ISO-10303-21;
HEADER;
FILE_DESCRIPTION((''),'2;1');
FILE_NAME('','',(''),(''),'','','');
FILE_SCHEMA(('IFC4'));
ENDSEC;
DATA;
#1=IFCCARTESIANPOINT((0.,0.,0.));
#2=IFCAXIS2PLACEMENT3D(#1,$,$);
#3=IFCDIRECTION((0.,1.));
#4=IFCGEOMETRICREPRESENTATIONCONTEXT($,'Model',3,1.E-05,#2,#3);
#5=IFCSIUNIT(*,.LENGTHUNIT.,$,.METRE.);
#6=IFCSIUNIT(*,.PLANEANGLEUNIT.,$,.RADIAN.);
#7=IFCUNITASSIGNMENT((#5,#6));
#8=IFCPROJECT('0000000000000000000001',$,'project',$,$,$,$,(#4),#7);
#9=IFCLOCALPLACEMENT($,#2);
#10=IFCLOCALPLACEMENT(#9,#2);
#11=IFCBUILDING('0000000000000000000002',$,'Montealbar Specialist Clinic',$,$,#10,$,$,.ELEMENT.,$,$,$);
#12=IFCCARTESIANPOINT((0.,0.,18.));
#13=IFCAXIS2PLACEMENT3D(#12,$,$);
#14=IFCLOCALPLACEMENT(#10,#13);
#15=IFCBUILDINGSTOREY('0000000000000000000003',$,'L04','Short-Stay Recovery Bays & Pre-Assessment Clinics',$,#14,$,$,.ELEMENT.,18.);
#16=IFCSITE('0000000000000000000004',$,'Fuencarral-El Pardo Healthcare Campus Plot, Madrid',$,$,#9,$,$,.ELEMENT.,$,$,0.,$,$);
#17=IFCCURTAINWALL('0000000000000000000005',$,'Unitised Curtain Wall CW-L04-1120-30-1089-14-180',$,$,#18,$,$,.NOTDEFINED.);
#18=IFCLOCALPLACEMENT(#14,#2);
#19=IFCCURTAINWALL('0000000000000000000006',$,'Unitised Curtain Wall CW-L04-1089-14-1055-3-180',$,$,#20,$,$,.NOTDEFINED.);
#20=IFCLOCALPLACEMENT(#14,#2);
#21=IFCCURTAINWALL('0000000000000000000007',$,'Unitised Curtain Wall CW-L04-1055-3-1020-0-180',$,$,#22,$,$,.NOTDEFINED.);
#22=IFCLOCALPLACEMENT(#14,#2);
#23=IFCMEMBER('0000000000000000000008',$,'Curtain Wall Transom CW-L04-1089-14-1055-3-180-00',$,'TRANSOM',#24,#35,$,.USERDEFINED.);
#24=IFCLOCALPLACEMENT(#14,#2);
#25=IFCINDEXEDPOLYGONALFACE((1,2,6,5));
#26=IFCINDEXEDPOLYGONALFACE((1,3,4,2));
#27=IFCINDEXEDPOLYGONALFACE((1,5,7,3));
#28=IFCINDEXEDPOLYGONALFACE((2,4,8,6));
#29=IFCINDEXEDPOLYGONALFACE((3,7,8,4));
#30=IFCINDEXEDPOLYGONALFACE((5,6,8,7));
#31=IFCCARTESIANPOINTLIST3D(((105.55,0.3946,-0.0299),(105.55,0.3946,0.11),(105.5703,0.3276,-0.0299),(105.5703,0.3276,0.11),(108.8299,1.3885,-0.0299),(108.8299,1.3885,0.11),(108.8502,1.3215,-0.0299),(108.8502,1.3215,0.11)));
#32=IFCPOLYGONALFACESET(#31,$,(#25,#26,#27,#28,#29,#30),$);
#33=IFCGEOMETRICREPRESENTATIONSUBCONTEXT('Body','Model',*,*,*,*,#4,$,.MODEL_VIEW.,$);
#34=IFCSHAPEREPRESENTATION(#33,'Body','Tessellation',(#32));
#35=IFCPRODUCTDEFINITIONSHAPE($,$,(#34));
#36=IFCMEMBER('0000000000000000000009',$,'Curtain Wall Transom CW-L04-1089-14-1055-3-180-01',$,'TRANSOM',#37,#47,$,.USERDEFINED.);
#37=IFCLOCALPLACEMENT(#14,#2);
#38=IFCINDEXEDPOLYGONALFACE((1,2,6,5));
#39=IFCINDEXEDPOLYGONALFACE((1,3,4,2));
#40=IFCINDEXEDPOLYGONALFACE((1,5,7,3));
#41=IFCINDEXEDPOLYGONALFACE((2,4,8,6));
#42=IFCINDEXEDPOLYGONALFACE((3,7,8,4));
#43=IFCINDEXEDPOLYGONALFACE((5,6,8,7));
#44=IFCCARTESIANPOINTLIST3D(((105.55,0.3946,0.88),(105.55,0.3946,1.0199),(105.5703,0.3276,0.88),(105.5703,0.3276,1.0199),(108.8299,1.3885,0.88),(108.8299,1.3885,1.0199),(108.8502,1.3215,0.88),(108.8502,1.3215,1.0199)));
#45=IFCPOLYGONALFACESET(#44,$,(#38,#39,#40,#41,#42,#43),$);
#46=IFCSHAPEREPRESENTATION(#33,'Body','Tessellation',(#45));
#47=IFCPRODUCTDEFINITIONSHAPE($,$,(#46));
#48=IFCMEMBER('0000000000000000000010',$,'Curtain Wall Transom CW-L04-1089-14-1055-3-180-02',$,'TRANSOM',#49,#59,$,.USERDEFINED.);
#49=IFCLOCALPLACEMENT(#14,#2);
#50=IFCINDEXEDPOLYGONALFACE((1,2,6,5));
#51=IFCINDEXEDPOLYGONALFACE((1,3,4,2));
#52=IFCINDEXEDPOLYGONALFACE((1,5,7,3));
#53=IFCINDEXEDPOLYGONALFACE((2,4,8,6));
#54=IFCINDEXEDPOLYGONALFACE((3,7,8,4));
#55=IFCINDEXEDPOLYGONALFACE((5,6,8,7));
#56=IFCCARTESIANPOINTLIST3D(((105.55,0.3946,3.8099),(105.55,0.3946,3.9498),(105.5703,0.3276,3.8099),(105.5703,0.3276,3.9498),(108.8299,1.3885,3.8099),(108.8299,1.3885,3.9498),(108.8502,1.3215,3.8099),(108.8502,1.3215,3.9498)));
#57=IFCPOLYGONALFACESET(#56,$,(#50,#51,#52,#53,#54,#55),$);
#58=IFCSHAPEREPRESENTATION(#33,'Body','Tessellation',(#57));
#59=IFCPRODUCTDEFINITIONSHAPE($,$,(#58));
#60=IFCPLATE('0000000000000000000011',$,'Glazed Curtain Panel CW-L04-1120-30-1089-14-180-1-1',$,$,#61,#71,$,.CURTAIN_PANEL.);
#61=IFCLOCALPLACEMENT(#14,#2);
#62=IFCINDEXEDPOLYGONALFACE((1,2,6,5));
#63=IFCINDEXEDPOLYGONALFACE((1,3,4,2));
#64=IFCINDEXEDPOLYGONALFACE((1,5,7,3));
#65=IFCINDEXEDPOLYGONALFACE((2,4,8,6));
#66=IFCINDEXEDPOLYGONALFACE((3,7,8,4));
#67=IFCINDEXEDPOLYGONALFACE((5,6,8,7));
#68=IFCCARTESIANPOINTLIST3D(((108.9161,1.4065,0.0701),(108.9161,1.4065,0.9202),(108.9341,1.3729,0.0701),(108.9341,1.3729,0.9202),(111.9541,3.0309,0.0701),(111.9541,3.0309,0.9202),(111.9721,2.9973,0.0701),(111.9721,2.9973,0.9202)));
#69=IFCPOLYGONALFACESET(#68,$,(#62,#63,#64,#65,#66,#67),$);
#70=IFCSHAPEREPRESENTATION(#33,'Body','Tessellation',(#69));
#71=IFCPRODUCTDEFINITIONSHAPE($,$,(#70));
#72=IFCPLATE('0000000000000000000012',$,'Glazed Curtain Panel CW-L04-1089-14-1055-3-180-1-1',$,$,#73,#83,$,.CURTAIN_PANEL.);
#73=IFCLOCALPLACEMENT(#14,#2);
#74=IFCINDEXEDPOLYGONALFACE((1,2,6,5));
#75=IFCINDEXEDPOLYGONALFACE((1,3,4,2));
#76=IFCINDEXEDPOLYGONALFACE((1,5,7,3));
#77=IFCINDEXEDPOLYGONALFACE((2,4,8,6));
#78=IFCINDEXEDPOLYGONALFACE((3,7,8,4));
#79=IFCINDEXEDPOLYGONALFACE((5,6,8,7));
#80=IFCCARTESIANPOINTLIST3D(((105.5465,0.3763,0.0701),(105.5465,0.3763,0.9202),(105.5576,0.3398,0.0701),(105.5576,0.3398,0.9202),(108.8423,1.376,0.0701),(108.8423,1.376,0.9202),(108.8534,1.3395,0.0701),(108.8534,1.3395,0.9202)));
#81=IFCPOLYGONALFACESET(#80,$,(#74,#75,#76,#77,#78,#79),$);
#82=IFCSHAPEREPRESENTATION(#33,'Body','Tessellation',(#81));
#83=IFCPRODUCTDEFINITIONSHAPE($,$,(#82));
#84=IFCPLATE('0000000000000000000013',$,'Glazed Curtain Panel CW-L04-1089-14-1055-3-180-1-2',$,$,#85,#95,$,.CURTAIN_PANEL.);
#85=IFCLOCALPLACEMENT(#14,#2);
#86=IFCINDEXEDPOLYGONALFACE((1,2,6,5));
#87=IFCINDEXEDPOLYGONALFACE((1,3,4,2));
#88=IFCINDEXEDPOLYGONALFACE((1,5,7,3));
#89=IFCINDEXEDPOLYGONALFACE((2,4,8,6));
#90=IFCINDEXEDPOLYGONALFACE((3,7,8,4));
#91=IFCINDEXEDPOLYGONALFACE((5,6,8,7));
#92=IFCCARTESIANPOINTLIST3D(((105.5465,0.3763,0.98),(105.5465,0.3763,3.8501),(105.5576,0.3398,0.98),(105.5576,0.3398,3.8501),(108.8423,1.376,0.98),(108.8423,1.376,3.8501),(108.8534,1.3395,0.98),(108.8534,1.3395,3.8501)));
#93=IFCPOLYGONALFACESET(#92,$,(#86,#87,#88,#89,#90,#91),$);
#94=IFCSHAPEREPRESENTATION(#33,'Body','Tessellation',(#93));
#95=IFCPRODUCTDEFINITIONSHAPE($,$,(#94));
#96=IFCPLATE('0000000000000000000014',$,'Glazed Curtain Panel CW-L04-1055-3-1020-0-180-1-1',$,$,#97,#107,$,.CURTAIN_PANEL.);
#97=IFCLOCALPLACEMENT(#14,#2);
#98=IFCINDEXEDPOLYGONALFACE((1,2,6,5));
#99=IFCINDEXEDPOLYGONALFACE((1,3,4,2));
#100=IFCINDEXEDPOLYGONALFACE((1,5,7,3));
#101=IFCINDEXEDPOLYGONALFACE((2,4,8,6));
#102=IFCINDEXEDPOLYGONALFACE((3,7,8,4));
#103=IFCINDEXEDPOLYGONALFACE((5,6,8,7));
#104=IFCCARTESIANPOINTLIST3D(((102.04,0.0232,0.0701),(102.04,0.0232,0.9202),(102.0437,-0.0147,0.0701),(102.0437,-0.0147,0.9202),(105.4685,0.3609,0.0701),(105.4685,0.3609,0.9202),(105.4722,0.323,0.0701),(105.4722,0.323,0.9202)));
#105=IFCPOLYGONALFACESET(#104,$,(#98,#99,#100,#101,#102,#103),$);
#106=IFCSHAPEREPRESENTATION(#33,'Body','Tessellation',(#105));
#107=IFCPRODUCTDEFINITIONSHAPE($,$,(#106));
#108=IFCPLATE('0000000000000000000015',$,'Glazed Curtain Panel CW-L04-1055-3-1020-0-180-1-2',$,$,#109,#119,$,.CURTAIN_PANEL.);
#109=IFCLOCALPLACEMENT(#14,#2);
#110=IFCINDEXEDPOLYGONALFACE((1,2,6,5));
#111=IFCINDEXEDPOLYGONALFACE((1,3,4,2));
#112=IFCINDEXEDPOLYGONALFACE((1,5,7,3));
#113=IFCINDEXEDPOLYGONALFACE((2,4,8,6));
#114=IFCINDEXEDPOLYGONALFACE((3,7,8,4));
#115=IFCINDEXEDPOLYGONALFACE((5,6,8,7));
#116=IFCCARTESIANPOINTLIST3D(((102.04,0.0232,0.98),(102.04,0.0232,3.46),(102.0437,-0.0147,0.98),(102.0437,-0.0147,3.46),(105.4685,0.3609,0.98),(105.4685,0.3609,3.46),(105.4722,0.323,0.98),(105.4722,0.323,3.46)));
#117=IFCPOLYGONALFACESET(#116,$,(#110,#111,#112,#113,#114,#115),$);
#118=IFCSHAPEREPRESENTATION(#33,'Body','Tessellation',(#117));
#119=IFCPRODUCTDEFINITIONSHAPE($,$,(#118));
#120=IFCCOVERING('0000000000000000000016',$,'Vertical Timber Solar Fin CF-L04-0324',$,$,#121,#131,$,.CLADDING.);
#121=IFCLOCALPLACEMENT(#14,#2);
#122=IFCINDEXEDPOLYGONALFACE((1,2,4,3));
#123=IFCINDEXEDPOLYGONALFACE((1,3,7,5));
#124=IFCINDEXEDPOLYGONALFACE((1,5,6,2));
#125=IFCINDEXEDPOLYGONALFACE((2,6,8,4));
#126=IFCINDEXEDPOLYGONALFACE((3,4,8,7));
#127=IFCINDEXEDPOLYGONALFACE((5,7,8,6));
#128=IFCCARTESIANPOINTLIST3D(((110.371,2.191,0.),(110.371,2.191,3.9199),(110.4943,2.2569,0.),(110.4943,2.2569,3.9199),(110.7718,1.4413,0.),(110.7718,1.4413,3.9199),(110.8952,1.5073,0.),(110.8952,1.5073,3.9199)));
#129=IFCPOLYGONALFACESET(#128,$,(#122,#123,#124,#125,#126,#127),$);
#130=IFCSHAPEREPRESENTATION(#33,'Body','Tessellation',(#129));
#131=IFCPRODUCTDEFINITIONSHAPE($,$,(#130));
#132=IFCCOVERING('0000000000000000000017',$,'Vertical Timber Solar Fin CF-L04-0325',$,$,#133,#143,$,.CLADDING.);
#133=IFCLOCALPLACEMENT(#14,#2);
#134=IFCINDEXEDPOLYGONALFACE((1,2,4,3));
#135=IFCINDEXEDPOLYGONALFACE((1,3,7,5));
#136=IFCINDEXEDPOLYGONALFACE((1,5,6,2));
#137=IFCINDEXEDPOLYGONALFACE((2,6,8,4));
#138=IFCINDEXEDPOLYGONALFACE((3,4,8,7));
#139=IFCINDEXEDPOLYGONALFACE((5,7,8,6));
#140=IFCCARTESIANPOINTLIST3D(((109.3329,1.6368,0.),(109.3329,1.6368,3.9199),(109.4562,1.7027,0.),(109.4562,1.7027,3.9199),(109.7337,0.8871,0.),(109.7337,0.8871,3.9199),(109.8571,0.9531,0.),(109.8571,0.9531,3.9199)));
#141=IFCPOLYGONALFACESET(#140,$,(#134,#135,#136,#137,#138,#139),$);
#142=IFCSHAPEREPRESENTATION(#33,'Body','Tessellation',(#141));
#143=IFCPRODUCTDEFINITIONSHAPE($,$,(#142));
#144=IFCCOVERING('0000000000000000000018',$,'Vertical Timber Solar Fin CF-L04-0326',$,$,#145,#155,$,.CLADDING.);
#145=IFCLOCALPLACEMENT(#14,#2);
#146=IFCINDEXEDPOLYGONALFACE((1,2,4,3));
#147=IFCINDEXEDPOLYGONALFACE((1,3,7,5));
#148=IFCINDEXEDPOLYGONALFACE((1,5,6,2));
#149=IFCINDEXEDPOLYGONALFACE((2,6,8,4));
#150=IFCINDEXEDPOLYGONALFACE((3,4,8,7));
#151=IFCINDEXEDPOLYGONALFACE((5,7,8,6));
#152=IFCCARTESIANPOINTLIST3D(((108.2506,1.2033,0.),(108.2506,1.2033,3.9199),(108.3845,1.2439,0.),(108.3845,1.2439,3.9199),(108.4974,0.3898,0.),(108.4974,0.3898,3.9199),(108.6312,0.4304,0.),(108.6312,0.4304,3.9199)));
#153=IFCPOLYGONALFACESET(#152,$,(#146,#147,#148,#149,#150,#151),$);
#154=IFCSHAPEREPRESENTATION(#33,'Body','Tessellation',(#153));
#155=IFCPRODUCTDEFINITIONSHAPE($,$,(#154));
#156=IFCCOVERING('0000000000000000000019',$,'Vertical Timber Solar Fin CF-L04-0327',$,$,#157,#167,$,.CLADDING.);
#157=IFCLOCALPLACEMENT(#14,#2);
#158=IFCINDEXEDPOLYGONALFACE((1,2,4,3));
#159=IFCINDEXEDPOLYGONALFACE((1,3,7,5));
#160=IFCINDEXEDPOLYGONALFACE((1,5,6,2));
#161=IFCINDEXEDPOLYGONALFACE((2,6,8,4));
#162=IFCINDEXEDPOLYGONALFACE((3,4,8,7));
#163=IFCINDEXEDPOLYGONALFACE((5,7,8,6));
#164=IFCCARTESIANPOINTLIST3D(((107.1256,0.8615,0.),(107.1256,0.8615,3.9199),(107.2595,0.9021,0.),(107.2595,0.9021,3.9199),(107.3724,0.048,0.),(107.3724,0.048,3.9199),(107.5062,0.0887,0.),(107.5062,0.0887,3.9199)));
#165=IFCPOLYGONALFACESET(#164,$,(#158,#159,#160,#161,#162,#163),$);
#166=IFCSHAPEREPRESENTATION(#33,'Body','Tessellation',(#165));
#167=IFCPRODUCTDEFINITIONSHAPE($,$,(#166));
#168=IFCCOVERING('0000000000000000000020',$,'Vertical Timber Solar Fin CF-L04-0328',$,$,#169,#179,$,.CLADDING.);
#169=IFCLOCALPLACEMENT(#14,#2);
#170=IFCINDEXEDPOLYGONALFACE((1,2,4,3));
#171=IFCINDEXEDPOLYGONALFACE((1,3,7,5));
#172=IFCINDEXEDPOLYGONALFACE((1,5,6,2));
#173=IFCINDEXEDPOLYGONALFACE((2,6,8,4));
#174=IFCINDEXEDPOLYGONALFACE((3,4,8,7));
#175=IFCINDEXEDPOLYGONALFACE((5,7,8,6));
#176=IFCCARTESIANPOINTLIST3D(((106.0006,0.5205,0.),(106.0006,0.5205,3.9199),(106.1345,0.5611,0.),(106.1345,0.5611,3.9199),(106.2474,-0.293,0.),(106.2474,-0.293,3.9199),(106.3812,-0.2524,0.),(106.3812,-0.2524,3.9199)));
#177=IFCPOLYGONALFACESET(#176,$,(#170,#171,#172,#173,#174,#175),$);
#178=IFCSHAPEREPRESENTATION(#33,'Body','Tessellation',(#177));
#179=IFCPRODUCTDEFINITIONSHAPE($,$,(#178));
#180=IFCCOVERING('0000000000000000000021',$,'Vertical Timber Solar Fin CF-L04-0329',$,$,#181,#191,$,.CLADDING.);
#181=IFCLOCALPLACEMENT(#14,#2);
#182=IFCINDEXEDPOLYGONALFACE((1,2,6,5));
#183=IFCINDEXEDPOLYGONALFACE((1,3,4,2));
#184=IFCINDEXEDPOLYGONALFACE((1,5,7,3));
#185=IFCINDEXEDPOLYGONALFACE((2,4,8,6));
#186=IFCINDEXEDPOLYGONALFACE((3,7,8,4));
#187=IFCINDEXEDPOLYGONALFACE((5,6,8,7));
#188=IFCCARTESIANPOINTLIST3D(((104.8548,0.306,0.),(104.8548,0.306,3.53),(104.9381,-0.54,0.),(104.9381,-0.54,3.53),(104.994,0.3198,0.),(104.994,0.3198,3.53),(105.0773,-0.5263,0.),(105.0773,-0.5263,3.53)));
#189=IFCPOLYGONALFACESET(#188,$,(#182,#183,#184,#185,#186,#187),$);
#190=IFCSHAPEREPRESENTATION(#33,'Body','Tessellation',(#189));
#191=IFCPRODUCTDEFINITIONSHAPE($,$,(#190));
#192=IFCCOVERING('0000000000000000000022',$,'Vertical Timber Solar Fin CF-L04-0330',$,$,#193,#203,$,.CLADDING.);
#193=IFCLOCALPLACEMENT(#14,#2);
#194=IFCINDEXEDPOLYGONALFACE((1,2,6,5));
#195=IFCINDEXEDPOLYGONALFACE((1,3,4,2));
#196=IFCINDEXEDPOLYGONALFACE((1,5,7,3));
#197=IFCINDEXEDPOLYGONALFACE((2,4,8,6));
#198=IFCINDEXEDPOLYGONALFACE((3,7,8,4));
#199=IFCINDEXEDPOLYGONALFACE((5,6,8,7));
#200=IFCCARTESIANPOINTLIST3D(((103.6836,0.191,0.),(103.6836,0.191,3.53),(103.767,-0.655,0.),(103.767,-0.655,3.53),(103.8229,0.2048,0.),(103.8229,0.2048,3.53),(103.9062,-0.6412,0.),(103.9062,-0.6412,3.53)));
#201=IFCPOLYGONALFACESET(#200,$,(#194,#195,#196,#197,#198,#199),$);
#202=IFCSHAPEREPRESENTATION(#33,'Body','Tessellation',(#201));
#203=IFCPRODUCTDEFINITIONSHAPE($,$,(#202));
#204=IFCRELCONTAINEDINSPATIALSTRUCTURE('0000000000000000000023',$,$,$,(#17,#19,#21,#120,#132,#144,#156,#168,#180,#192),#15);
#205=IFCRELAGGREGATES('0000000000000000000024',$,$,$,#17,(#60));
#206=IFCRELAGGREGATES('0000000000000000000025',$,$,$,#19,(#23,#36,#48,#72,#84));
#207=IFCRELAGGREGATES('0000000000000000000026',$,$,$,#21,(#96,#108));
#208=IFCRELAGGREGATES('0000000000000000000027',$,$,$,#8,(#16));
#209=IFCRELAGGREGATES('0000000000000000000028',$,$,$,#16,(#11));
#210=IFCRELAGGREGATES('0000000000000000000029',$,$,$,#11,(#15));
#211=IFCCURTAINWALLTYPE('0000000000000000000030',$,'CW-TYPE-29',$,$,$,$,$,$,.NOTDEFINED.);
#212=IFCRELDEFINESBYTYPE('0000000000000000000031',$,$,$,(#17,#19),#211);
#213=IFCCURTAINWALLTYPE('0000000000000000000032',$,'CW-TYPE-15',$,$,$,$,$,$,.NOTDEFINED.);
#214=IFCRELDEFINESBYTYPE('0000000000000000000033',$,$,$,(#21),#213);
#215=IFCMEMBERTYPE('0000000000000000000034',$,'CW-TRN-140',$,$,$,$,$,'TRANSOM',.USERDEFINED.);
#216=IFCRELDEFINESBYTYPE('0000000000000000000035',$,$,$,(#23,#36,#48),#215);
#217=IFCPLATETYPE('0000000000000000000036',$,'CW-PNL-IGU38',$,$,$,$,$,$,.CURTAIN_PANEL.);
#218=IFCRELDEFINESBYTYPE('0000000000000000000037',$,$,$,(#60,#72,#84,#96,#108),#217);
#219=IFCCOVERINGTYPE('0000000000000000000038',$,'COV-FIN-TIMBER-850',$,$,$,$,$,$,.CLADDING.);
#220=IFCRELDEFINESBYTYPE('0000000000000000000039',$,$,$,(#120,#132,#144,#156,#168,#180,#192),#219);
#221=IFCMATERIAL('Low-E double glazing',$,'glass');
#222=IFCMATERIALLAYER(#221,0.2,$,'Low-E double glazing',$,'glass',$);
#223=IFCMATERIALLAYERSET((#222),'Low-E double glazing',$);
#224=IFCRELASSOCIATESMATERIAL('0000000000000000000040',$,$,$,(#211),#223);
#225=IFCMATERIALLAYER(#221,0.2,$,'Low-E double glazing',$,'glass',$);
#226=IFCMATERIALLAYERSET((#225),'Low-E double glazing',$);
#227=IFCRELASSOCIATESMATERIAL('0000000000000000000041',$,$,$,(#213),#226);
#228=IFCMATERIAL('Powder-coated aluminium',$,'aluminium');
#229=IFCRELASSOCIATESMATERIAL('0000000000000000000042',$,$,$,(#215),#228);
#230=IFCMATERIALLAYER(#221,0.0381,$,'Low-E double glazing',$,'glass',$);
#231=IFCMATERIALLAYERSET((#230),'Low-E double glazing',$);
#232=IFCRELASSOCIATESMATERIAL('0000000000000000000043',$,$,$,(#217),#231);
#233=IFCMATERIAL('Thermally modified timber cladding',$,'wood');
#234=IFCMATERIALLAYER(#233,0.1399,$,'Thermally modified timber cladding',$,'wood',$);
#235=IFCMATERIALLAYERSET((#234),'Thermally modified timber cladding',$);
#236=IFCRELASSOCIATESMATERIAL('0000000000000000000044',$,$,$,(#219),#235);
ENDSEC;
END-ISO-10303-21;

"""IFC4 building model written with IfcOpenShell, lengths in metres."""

from ifc_helpers import new_model, si_unit, direction, frame, origin, origin_2d, place, context, subcontext, project, spatial, rectangle, extrude, material, layer, layer_set, material_profile, profile_set, type_object, element, aggregate, save


model = new_model("IFC4")

# Units and contexts
model_context = context("Model", 3, precision=1e-05, world=origin(), true_north=direction((0.0, 1.0)))
body_context = subcontext(model_context, "Body", "Model", "MODEL_VIEW")
ifc_project = project(units=[si_unit("LENGTHUNIT", "METRE"), si_unit("PLANEANGLEUNIT", "RADIAN")], contexts=[model_context])

# Site, building, storey
site_placement = place(None, origin())
site = spatial("IfcSite", under=ifc_project, at=site_placement, Name="Fuencarral-El Pardo Healthcare Campus Plot, Madrid", CompositionType="ELEMENT", RefElevation=0.0)
building_placement = place(site_placement, origin())
building = spatial("IfcBuilding", under=site, at=building_placement, Name="Montealbar Specialist Clinic", CompositionType="ELEMENT")
storey_placement = place(building_placement, frame((0.0, 0.0, 18.0)))
storey = spatial("IfcBuildingStorey", under=building, at=storey_placement, Name="L04", Description="Short-Stay Recovery Bays & Pre-Assessment Clinics", CompositionType="ELEMENT", Elevation=18.0)

# Curtain wall
ifc_material_1 = material(Name="Low-E double glazing", Category="glass")
ifc_layer_1 = layer(ifc_material_1, 0.2, Name="Low-E double glazing", Category="glass")
ifc_layer_set_1 = layer_set([ifc_layer_1], Name="Low-E double glazing")
curtain_wall_type_1 = type_object("IfcCurtainWallType", Name="CW-TYPE-29", PredefinedType="NOTDEFINED", material=ifc_layer_set_1)
curtain_wall_1_placement = place(storey_placement, origin())
curtain_wall_1 = element("IfcCurtainWall", 1, at=curtain_wall_1_placement, inside=storey, type_object=curtain_wall_type_1, Name="Unitised Curtain Wall CW-L04-1120-30-1089-14-180", PredefinedType="NOTDEFINED")

# Curtain walls
curtain_wall_2_placement = place(storey_placement, origin())
curtain_wall_2 = element("IfcCurtainWall", 2, at=curtain_wall_2_placement, inside=storey, type_object=curtain_wall_type_1, Name="Unitised Curtain Wall CW-L04-1089-14-1055-3-180", PredefinedType="NOTDEFINED")
ifc_layer_2 = layer(ifc_material_1, 0.2, Name="Low-E double glazing", Category="glass")
ifc_layer_set_2 = layer_set([ifc_layer_2], Name="Low-E double glazing")
curtain_wall_type_2 = type_object("IfcCurtainWallType", Name="CW-TYPE-15", PredefinedType="NOTDEFINED", material=ifc_layer_set_2)
curtain_wall_3_placement = place(storey_placement, origin())
curtain_wall_3 = element("IfcCurtainWall", 3, at=curtain_wall_3_placement, inside=storey, type_object=curtain_wall_type_2, Name="Unitised Curtain Wall CW-L04-1055-3-1020-0-180", PredefinedType="NOTDEFINED")
ifc_material_2 = material(Name="Powder-coated aluminium", Category="aluminium")

# Members
ifc_material_profile_1 = material_profile(ifc_material_2, rectangle(XDim=0.0701, YDim=0.1399, at=origin_2d()), Name="ALU 70x140", Category="aluminium")
ifc_profile_set_1 = profile_set([ifc_material_profile_1], Name="Powder-coated aluminium")
member_type_1 = type_object("IfcMemberType", Name="CW-TRN-140", ElementType="TRANSOM", PredefinedType="USERDEFINED", material=ifc_profile_set_1)
member_1_placement = place(storey_placement, frame((108.8401, 1.355, 0.04), z_axis=(-0.957029, -0.289994, 0.0), x_axis=(0.289994, -0.957029, 0.0)))
member_1 = element("IfcMember", 4, at=member_1_placement, type_object=member_type_1, Name="Curtain Wall Transom CW-L04-1089-14-1055-3-180-00", ObjectType="TRANSOM", PredefinedType="USERDEFINED", context=body_context, shape_type="SweptSolid", body=[
    extrude(rectangle(XDim=0.0701, YDim=0.1399, at=origin_2d()), origin(), (0.0, 0.0, 1.0), 3.4272),
])
member_2_placement = place(storey_placement, frame((108.8401, 1.355, 0.95), z_axis=(-0.957029, -0.289994, 0.0), x_axis=(0.289994, -0.957029, 0.0)))
member_2 = element("IfcMember", 5, at=member_2_placement, type_object=member_type_1, Name="Curtain Wall Transom CW-L04-1089-14-1055-3-180-01", ObjectType="TRANSOM", PredefinedType="USERDEFINED", context=body_context, shape_type="SweptSolid", body=[
    extrude(rectangle(XDim=0.0701, YDim=0.1399, at=origin_2d()), origin(), (0.0, 0.0, 1.0), 3.4272),
])
member_3_placement = place(storey_placement, frame((108.8401, 1.355, 3.8799), z_axis=(-0.957029, -0.289994, 0.0), x_axis=(0.289994, -0.957029, 0.0)))
member_3 = element("IfcMember", 6, at=member_3_placement, type_object=member_type_1, Name="Curtain Wall Transom CW-L04-1089-14-1055-3-180-02", ObjectType="TRANSOM", PredefinedType="USERDEFINED", context=body_context, shape_type="SweptSolid", body=[
    extrude(rectangle(XDim=0.0701, YDim=0.1399, at=origin_2d()), origin(), (0.0, 0.0, 1.0), 3.4272),
])

# Plates
ifc_layer_3 = layer(ifc_material_1, 0.0381, Name="Low-E double glazing", Category="glass")
ifc_layer_set_3 = layer_set([ifc_layer_3], Name="Low-E double glazing")
plate_type = type_object("IfcPlateType", Name="CW-PNL-IGU38", PredefinedType="CURTAIN_PANEL", material=ifc_layer_set_3)
plate_1_placement = place(storey_placement, frame((110.4441, 2.2019, 0.0701), z_axis=(0.0, 0.0, 1.0), x_axis=(-0.88185, -0.471529, 0.0)))
plate_1 = element("IfcPlate", 7, at=plate_1_placement, type_object=plate_type, Name="Glazed Curtain Panel CW-L04-1120-30-1089-14-180-1-1", PredefinedType="CURTAIN_PANEL", context=body_context, shape_type="SweptSolid", body=[
    extrude(rectangle(XDim=3.4451, YDim=0.0381, at=origin_2d()), origin(), (0.0, 0.0, 1.0), 0.8501),
])
aggregate(curtain_wall_1, [plate_1])
plate_2_placement = place(storey_placement, frame((107.2, 0.8579, 0.0701), z_axis=(0.0, 0.0, 1.0), x_axis=(-0.956948, -0.290259, 0.0)))
plate_2 = element("IfcPlate", 8, at=plate_2_placement, type_object=plate_type, Name="Glazed Curtain Panel CW-L04-1089-14-1055-3-180-1-1", PredefinedType="CURTAIN_PANEL", context=body_context, shape_type="SweptSolid", body=[
    extrude(rectangle(XDim=3.4441, YDim=0.0381, at=origin_2d()), origin(), (0.0, 0.0, 1.0), 0.8501),
])
plate_3_placement = place(storey_placement, frame((107.2, 0.8579, 0.98), z_axis=(0.0, 0.0, 1.0), x_axis=(-0.956948, -0.290259, 0.0)))
plate_3 = element("IfcPlate", 9, at=plate_3_placement, type_object=plate_type, Name="Glazed Curtain Panel CW-L04-1089-14-1055-3-180-1-2", PredefinedType="CURTAIN_PANEL", context=body_context, shape_type="SweptSolid", body=[
    extrude(rectangle(XDim=3.4441, YDim=0.0381, at=origin_2d()), origin(), (0.0, 0.0, 1.0), 2.8701),
])
aggregate(curtain_wall_2, [member_1, member_2, member_3, plate_2, plate_3])
plate_4_placement = place(storey_placement, frame((103.7561, 0.1731, 0.0701), z_axis=(0.0, 0.0, 1.0), x_axis=(-0.995182, -0.098045, 0.0)))
plate_4 = element("IfcPlate", 10, at=plate_4_placement, type_object=plate_type, Name="Glazed Curtain Panel CW-L04-1055-3-1020-0-180-1-1", PredefinedType="CURTAIN_PANEL", context=body_context, shape_type="SweptSolid", body=[
    extrude(rectangle(XDim=3.4451, YDim=0.0381, at=origin_2d()), origin(), (0.0, 0.0, 1.0), 0.8501),
])
plate_5_placement = place(storey_placement, frame((103.7561, 0.1731, 0.98), z_axis=(0.0, 0.0, 1.0), x_axis=(-0.995182, -0.098045, 0.0)))
plate_5 = element("IfcPlate", 11, at=plate_5_placement, type_object=plate_type, Name="Glazed Curtain Panel CW-L04-1055-3-1020-0-180-1-2", PredefinedType="CURTAIN_PANEL", context=body_context, shape_type="SweptSolid", body=[
    extrude(rectangle(XDim=3.4451, YDim=0.0381, at=origin_2d()), origin(), (0.0, 0.0, 1.0), 2.48),
])
aggregate(curtain_wall_3, [plate_4, plate_5])

# Coverings
ifc_material_3 = material(Name="Thermally modified timber cladding", Category="wood")
ifc_layer_4 = layer(ifc_material_3, 0.1399, Name="Thermally modified timber cladding", Category="wood")
ifc_layer_set_4 = layer_set([ifc_layer_4], Name="Thermally modified timber cladding")
covering_type = type_object("IfcCoveringType", Name="COV-FIN-TIMBER-850", PredefinedType="CLADDING", material=ifc_layer_set_4)
for number, where, z_axis, x_axis, name in (
    (12, (110.6331, 1.8491, 0.0), (0.0, 0.0, 1.0), (0.471529, -0.88185, 0.0), "Vertical Timber Solar Fin CF-L04-0324"),
    (13, (109.595, 1.2949, 0.0), (0.0, 0.0, 1.0), (0.471529, -0.88185, 0.0), "Vertical Timber Solar Fin CF-L04-0325"),
    (14, (108.4409, 0.8169, 0.0), (0.0, 0.0, 1.0), (0.290259, -0.956948, 0.0), "Vertical Timber Solar Fin CF-L04-0326"),
    (15, (107.3159, 0.4751, 0.0), (0.0, 0.0, 1.0), (0.290259, -0.956948, 0.0), "Vertical Timber Solar Fin CF-L04-0327"),
    (16, (106.1909, 0.134, 0.0), (0.0, 0.0, 1.0), (0.290259, -0.956948, 0.0), "Vertical Timber Solar Fin CF-L04-0328"),
):
    element("IfcCovering", number, at=place(storey_placement, frame(where, z_axis=z_axis, x_axis=x_axis)), inside=storey, type_object=covering_type, Name=name, PredefinedType="CLADDING", context=body_context, shape_type="SweptSolid", body=[
        extrude(rectangle(XDim=0.8501, YDim=0.1399, at=origin_2d()), origin(), (0.0, 0.0, 1.0), 3.9199),
    ])
for number, where, z_axis, x_axis, name in (
    (17, (104.9661, -0.1101, 0.0), (0.0, 0.0, 1.0), (0.098045, -0.995182, 0.0), "Vertical Timber Solar Fin CF-L04-0329"),
    (18, (103.7949, -0.2251, 0.0), (0.0, 0.0, 1.0), (0.098045, -0.995182, 0.0), "Vertical Timber Solar Fin CF-L04-0330"),
):
    element("IfcCovering", number, at=place(storey_placement, frame(where, z_axis=z_axis, x_axis=x_axis)), inside=storey, type_object=covering_type, Name=name, PredefinedType="CLADDING", context=body_context, shape_type="SweptSolid", body=[
        extrude(rectangle(XDim=0.8501, YDim=0.1399, at=origin_2d()), origin(), (0.0, 0.0, 1.0), 3.53),
    ])

save(model, "model.ifc")
